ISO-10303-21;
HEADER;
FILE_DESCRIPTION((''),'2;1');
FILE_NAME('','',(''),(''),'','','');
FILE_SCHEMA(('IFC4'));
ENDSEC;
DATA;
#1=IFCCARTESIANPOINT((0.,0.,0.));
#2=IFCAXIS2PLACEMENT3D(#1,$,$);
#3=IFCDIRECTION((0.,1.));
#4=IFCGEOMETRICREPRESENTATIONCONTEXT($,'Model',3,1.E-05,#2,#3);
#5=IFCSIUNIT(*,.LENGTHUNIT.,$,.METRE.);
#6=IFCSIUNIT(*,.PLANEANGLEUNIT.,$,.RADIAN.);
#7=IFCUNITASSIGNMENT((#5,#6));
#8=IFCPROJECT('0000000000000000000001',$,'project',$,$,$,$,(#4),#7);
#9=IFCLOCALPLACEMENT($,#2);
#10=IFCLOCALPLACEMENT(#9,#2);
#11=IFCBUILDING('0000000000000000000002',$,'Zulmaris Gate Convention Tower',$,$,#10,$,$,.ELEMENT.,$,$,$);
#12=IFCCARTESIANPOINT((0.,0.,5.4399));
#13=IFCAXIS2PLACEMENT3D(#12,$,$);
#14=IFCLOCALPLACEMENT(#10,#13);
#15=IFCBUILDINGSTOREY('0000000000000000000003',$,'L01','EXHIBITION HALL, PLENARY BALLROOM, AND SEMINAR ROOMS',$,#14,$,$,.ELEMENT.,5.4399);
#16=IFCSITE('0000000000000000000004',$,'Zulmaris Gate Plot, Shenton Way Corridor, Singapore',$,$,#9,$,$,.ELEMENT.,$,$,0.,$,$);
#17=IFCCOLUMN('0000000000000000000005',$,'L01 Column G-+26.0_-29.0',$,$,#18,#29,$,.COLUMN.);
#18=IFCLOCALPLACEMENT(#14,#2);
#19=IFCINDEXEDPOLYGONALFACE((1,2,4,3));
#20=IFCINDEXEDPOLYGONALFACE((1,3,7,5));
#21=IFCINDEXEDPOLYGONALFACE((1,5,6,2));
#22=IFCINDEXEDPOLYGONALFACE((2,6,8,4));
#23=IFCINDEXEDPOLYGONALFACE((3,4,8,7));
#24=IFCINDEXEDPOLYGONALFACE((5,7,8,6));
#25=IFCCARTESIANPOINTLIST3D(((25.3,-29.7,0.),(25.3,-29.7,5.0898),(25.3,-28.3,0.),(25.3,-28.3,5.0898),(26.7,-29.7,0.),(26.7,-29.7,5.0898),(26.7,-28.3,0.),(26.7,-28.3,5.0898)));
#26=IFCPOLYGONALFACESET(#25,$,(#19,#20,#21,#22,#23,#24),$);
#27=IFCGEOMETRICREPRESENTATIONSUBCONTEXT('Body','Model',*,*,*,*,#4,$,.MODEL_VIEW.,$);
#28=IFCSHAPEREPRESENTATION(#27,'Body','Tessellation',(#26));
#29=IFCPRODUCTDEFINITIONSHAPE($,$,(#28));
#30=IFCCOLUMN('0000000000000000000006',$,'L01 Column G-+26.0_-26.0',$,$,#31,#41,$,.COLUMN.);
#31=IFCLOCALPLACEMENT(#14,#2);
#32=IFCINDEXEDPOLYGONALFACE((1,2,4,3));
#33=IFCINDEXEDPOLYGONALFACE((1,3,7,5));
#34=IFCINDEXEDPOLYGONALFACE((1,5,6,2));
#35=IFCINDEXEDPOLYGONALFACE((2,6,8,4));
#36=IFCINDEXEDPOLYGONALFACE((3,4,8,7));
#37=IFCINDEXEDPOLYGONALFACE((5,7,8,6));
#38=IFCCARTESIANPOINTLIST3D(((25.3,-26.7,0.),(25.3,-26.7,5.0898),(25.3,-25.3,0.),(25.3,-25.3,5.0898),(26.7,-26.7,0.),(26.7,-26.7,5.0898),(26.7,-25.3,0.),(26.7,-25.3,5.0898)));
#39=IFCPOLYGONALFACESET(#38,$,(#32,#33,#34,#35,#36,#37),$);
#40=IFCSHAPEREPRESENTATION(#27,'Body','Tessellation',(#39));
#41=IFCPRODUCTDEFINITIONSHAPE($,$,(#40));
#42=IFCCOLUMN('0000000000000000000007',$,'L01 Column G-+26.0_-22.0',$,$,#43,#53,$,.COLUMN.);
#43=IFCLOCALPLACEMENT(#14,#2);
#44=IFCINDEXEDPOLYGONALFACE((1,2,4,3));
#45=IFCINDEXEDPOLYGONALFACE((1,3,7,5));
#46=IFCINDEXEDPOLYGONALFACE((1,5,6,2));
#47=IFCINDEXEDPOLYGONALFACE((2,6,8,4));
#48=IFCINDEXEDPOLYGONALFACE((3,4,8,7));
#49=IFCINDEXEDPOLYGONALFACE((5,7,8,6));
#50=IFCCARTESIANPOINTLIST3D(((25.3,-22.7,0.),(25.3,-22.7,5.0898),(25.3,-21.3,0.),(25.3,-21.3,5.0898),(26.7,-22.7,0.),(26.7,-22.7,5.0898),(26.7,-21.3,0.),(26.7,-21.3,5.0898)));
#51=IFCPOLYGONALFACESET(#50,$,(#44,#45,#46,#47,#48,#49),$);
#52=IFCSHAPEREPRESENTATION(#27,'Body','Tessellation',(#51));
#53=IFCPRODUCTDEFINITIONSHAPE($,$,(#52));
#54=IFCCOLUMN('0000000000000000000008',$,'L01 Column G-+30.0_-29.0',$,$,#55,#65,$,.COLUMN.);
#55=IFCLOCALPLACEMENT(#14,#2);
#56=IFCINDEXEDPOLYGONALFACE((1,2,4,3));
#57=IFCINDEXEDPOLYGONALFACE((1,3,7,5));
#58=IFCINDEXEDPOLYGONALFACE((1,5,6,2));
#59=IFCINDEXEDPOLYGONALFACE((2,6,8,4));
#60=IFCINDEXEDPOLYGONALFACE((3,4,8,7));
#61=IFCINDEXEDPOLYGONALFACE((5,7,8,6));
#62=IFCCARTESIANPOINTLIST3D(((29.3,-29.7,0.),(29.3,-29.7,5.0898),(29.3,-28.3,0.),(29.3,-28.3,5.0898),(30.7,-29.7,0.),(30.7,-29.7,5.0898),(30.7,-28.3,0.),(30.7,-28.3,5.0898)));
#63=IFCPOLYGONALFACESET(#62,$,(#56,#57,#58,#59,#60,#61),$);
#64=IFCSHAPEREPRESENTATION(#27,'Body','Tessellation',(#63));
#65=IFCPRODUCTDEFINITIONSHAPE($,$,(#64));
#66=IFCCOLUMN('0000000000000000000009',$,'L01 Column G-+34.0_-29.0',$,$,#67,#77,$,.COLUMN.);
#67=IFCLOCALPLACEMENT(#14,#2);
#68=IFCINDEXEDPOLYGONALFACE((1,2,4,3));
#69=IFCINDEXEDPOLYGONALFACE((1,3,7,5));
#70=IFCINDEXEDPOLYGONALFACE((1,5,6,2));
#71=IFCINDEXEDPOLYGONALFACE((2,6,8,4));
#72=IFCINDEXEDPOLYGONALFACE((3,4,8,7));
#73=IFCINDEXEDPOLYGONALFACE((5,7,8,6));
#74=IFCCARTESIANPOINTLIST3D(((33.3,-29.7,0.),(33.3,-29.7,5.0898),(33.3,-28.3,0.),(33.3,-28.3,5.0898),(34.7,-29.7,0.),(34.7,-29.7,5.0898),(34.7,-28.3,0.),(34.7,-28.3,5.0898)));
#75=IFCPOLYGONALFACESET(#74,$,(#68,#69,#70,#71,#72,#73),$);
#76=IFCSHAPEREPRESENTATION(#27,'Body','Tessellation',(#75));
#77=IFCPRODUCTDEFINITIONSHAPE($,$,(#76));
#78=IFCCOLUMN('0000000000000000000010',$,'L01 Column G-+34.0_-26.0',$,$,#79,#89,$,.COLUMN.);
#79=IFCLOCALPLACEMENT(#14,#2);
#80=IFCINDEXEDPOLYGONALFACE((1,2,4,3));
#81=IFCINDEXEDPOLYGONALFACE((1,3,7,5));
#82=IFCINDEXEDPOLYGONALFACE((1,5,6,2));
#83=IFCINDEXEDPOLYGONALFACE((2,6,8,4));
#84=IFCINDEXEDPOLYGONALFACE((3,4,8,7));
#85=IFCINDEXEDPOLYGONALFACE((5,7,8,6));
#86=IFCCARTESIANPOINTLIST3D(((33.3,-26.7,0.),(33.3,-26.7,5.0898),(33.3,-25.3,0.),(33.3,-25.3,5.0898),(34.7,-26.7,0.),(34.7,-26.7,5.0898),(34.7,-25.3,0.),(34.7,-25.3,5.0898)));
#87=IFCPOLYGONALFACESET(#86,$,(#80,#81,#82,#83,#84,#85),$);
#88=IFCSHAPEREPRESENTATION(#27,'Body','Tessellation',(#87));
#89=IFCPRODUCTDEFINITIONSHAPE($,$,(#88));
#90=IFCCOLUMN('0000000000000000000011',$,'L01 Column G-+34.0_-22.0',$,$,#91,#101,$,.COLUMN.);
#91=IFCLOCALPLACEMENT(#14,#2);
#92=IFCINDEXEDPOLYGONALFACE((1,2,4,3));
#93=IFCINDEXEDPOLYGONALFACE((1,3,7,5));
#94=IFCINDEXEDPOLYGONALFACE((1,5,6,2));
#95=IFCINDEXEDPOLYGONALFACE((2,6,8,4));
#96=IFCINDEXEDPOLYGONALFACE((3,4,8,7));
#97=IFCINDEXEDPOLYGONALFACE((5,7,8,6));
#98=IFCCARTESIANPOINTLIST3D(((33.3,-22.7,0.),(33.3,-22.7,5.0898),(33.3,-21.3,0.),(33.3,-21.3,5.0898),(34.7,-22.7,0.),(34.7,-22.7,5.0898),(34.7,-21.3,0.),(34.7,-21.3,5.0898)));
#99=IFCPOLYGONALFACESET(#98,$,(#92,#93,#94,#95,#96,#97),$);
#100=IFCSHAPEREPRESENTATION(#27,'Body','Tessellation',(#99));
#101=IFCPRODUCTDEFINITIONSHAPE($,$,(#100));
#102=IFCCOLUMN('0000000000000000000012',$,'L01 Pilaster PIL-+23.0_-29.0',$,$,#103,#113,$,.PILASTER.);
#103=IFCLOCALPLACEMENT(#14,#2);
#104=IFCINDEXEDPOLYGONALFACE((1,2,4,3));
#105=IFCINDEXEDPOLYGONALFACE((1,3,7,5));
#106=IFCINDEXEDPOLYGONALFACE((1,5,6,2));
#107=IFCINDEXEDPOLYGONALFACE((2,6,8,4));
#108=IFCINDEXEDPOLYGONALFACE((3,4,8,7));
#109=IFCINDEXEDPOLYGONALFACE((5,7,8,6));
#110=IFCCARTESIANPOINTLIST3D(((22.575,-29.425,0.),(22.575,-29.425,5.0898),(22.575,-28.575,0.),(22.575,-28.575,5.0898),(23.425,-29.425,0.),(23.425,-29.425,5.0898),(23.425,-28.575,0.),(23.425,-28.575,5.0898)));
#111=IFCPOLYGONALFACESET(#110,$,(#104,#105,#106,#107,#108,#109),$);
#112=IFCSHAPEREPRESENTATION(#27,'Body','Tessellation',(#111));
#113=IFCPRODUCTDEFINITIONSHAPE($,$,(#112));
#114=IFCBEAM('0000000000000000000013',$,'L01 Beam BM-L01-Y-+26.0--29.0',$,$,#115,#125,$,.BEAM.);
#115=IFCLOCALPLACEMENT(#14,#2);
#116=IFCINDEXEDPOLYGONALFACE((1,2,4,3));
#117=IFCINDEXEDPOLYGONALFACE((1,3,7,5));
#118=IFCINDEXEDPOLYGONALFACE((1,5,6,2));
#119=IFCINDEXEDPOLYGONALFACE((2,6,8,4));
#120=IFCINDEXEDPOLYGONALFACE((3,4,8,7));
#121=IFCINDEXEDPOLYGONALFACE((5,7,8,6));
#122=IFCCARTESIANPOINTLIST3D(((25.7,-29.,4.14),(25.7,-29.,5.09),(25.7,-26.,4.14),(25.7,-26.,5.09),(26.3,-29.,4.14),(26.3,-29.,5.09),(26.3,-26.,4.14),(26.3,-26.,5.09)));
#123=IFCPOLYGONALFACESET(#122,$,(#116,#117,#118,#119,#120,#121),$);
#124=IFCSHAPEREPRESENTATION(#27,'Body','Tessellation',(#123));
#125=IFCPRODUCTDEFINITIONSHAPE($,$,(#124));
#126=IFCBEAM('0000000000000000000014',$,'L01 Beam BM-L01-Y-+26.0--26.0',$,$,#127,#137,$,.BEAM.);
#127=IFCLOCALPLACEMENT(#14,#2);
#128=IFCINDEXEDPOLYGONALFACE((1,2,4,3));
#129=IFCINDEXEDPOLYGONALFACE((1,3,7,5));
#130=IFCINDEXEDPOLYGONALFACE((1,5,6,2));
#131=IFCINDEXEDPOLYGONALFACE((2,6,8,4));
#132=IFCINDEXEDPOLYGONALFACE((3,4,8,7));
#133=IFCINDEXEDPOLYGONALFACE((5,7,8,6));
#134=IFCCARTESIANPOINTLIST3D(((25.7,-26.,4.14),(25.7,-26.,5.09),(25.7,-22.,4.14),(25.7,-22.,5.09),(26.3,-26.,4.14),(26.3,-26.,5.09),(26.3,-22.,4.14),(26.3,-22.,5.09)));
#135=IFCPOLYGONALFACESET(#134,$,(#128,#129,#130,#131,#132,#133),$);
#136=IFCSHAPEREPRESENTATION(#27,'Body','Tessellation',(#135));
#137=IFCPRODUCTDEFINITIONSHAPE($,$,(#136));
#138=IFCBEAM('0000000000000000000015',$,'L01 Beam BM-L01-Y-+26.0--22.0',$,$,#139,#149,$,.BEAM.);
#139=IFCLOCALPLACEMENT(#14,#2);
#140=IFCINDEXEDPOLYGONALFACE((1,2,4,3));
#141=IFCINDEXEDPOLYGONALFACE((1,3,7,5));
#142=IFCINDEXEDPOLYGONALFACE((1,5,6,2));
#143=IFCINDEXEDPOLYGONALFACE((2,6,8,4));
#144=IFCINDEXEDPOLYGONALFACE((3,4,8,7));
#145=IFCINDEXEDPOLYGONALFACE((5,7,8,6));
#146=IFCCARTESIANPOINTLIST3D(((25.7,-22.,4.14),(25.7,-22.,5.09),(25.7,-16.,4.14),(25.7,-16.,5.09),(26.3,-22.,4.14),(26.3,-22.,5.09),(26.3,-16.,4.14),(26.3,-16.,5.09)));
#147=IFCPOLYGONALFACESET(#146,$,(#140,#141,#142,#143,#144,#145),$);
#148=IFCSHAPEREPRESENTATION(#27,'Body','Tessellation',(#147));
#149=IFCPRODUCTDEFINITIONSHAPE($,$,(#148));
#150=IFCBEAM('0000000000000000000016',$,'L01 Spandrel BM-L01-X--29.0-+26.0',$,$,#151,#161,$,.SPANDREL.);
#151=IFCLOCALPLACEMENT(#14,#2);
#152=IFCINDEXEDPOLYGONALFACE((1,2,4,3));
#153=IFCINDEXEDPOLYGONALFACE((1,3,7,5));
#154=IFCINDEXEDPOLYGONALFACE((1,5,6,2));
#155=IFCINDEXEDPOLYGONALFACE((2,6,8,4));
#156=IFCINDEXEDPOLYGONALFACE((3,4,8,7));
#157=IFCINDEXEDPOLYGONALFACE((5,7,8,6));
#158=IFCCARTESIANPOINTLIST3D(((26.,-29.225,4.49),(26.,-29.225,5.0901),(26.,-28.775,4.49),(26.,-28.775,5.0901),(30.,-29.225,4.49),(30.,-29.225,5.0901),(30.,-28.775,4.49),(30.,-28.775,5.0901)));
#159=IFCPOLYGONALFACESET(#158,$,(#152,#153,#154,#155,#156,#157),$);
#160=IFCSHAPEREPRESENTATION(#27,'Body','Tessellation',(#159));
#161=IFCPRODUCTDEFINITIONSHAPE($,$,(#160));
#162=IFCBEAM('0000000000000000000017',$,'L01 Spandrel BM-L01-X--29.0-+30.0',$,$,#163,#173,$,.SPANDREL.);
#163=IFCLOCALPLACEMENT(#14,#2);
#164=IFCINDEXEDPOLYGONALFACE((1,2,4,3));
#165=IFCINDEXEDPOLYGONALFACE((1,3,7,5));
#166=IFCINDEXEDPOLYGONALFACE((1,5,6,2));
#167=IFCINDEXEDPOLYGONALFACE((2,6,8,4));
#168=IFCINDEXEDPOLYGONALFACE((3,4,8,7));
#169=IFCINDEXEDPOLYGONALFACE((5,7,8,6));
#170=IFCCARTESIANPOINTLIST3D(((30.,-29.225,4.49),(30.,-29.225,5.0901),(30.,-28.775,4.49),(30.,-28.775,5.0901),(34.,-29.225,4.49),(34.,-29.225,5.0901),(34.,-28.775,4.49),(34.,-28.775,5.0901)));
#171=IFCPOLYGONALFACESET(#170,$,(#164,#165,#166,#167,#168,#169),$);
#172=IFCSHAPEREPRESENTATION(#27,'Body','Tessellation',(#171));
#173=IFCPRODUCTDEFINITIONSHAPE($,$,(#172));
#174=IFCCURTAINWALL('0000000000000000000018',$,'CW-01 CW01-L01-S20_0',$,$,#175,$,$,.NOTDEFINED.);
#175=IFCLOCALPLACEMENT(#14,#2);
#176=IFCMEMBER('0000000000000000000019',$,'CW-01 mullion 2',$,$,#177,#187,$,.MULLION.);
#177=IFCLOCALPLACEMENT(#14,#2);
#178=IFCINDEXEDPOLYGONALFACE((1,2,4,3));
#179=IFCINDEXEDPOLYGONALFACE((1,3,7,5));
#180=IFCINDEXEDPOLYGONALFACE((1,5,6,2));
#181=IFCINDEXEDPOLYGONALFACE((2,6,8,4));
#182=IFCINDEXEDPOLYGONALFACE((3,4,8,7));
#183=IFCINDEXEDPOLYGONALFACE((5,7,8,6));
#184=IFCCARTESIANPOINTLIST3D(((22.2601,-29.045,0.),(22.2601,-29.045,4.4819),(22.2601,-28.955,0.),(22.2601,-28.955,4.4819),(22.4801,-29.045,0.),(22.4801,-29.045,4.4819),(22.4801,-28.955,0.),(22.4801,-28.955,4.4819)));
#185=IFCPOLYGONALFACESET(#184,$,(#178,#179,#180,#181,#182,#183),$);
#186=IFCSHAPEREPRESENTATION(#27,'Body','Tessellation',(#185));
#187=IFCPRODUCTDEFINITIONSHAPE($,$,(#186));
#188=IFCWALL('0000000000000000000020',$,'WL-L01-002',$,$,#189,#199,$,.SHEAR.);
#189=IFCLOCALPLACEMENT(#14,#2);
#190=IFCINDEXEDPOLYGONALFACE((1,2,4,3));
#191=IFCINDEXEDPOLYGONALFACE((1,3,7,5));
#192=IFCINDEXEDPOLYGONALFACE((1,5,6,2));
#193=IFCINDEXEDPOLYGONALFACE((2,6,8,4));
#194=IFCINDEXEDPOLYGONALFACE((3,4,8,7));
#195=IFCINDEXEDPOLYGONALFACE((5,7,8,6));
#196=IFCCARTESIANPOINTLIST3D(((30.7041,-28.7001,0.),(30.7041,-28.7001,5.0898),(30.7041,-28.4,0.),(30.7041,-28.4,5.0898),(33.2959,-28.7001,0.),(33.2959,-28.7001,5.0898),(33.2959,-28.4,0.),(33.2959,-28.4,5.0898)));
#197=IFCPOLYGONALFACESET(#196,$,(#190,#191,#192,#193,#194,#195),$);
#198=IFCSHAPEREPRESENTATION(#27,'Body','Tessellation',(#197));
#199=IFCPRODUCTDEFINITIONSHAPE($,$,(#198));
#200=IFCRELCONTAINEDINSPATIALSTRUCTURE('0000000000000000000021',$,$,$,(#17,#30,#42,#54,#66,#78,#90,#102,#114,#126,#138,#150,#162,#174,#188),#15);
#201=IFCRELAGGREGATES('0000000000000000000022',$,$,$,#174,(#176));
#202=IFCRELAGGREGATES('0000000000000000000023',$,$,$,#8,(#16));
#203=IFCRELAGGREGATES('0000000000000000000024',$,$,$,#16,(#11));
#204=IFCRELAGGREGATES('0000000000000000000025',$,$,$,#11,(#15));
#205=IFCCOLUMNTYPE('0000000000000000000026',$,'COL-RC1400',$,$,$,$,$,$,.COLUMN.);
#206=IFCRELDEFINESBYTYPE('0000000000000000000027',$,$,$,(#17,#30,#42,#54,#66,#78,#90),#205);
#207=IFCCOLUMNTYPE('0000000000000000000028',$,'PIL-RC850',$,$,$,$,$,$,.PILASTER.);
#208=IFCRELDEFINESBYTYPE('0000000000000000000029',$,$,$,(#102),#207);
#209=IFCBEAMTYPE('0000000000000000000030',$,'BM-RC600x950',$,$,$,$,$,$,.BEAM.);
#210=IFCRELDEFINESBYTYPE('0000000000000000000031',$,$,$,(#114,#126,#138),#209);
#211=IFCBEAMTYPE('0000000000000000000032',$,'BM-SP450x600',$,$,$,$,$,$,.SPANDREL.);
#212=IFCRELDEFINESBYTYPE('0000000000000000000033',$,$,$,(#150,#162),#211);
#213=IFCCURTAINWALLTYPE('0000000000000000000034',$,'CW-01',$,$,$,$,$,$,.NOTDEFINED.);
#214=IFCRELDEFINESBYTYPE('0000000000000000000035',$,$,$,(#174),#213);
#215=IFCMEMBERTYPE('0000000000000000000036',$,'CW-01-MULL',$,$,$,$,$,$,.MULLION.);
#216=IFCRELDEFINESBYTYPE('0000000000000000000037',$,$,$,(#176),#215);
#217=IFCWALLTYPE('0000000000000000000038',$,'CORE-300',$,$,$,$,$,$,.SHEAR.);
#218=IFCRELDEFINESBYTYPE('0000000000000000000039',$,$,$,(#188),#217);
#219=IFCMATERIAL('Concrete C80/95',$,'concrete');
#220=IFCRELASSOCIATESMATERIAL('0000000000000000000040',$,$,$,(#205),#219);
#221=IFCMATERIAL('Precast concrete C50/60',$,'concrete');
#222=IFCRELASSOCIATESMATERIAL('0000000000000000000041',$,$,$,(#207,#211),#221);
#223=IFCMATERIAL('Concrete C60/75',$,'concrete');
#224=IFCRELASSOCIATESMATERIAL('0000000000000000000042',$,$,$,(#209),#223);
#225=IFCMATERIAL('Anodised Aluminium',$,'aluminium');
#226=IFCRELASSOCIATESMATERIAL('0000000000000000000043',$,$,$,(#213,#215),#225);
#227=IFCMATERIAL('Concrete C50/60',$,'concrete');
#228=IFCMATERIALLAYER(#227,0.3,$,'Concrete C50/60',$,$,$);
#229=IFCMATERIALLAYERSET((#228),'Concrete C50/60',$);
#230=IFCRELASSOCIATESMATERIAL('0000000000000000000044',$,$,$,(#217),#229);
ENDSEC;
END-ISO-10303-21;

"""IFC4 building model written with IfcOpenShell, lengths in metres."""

from ifc_helpers import new_model, si_unit, direction, frame, frame_2d, origin, origin_2d, place, context, subcontext, project, spatial, rectangle, extrude, material, layer, layer_set, material_profile, profile_set, type_object, element, aggregate, save


model = new_model("IFC4")

# Units and contexts
model_context = context("Model", 3, precision=1e-05, world=origin(), true_north=direction((0.0, 1.0)))
body_context = subcontext(model_context, "Body", "Model", "MODEL_VIEW")
ifc_project = project(units=[si_unit("LENGTHUNIT", "METRE"), si_unit("PLANEANGLEUNIT", "RADIAN")], contexts=[model_context])

# Site, building, storey
site_placement = place(None, origin())
site = spatial("IfcSite", under=ifc_project, at=site_placement, Name="Zulmaris Gate Plot, Shenton Way Corridor, Singapore", CompositionType="ELEMENT", RefElevation=0.0)
building_placement = place(site_placement, origin())
building = spatial("IfcBuilding", under=site, at=building_placement, Name="Zulmaris Gate Convention Tower", CompositionType="ELEMENT")
storey_placement = place(building_placement, frame((0.0, 0.0, 5.4399)))
storey = spatial("IfcBuildingStorey", under=building, at=storey_placement, Name="L01", Description="EXHIBITION HALL, PLENARY BALLROOM, AND SEMINAR ROOMS", CompositionType="ELEMENT", Elevation=5.4399)

# Columns
ifc_material_1 = material(Name="Concrete C80/95", Category="concrete")
ifc_material_profile_1 = material_profile(ifc_material_1, rectangle(XDim=1.3999, YDim=1.3999, at=origin_2d()), Name="RC COL 1400x1400")
ifc_profile_set_1 = profile_set([ifc_material_profile_1], Name="Concrete C80/95")
column_type_1 = type_object("IfcColumnType", Name="COL-RC1400", PredefinedType="COLUMN", material=ifc_profile_set_1)
for number, where, z_axis, x_axis, name in (
    (1, (26.0, -29.0, 0.0), (0.0, 0.0, 1.0), (1.0, 0.0, 0.0), "L01 Column G-+26.0_-29.0"),
    (2, (26.0, -26.0, 0.0), (0.0, 0.0, 1.0), (1.0, 0.0, 0.0), "L01 Column G-+26.0_-26.0"),
    (3, (26.0, -22.0, 0.0), (0.0, 0.0, 1.0), (1.0, 0.0, 0.0), "L01 Column G-+26.0_-22.0"),
    (4, (30.0, -29.0, 0.0), (0.0, 0.0, 1.0), (1.0, 0.0, 0.0), "L01 Column G-+30.0_-29.0"),
    (5, (34.0, -29.0, 0.0), (0.0, 0.0, 1.0), (1.0, 0.0, 0.0), "L01 Column G-+34.0_-29.0"),
    (6, (34.0, -26.0, 0.0), (0.0, 0.0, 1.0), (1.0, 0.0, 0.0), "L01 Column G-+34.0_-26.0"),
    (7, (34.0, -22.0, 0.0), (0.0, 0.0, 1.0), (1.0, 0.0, 0.0), "L01 Column G-+34.0_-22.0"),
):
    element("IfcColumn", number, at=place(storey_placement, frame(where, z_axis=z_axis, x_axis=x_axis)), inside=storey, type_object=column_type_1, Name=name, PredefinedType="COLUMN", context=body_context, shape_type="SweptSolid", body=[
        extrude(rectangle(XDim=1.3999, YDim=1.3999, at=origin_2d()), origin(), (0.0, 0.0, 1.0), 5.0898),
    ])
ifc_material_2 = material(Name="Precast concrete C50/60", Category="concrete")
ifc_material_profile_2 = material_profile(ifc_material_2, rectangle(XDim=0.8501, YDim=0.8501, at=origin_2d()), Name="RC COL 850x850")
ifc_profile_set_2 = profile_set([ifc_material_profile_2], Name="Precast concrete C50/60")
column_type_2 = type_object("IfcColumnType", Name="PIL-RC850", PredefinedType="PILASTER", material=ifc_profile_set_2)
column_placement = place(storey_placement, frame((23.0, -29.0, 0.0), z_axis=(0.0, 0.0, 1.0), x_axis=(1.0, 0.0, 0.0)))
element("IfcColumn", 8, at=column_placement, inside=storey, type_object=column_type_2, Name="L01 Pilaster PIL-+23.0_-29.0", PredefinedType="PILASTER", context=body_context, shape_type="SweptSolid", body=[
    extrude(rectangle(XDim=0.8501, YDim=0.8501, at=origin_2d()), origin(), (0.0, 0.0, 1.0), 5.0898),
])

# Beams
ifc_material_3 = material(Name="Concrete C60/75", Category="concrete")
ifc_material_profile_3 = material_profile(ifc_material_3, rectangle(XDim=0.6001, YDim=0.95, at=origin_2d()), Name="RC BEAM 600x950")
ifc_profile_set_3 = profile_set([ifc_material_profile_3], Name="Concrete C60/75")
beam_type_1 = type_object("IfcBeamType", Name="BM-RC600x950", PredefinedType="BEAM", material=ifc_profile_set_3)
beam_1_placement = place(storey_placement, frame((26.0, -29.0, 4.615), z_axis=(0.0, 1.0, 0.0), x_axis=(-1.0, 0.0, 0.0)))
element("IfcBeam", 9, at=beam_1_placement, inside=storey, type_object=beam_type_1, Name="L01 Beam BM-L01-Y-+26.0--29.0", PredefinedType="BEAM", context=body_context, shape_type="SweptSolid", body=[
    extrude(rectangle(XDim=0.6001, YDim=0.95, at=origin_2d()), origin(), (0.0, 0.0, 1.0), 3.0),
])
beam_2_placement = place(storey_placement, frame((26.0, -26.0, 4.615), z_axis=(0.0, 1.0, 0.0), x_axis=(-1.0, 0.0, 0.0)))
element("IfcBeam", 10, at=beam_2_placement, inside=storey, type_object=beam_type_1, Name="L01 Beam BM-L01-Y-+26.0--26.0", PredefinedType="BEAM", context=body_context, shape_type="SweptSolid", body=[
    extrude(rectangle(XDim=0.6001, YDim=0.95, at=origin_2d()), origin(), (0.0, 0.0, 1.0), 4.0),
])
beam_3_placement = place(storey_placement, frame((26.0, -22.0, 4.615), z_axis=(0.0, 1.0, 0.0), x_axis=(-1.0, 0.0, 0.0)))
element("IfcBeam", 11, at=beam_3_placement, inside=storey, type_object=beam_type_1, Name="L01 Beam BM-L01-Y-+26.0--22.0", PredefinedType="BEAM", context=body_context, shape_type="SweptSolid", body=[
    extrude(rectangle(XDim=0.6001, YDim=0.95, at=origin_2d()), origin(), (0.0, 0.0, 1.0), 6.0),
])
ifc_material_profile_4 = material_profile(ifc_material_2, rectangle(XDim=0.45, YDim=0.6001, at=origin_2d()), Name="RC SPANDREL 450x600")
ifc_profile_set_4 = profile_set([ifc_material_profile_4], Name="Precast concrete C50/60")
beam_type_2 = type_object("IfcBeamType", Name="BM-SP450x600", PredefinedType="SPANDREL", material=ifc_profile_set_4)
for number, where, z_axis, x_axis, name in (
    (12, (26.0, -29.0, 4.79), (1.0, 0.0, 0.0), (0.0, 1.0, 0.0), "L01 Spandrel BM-L01-X--29.0-+26.0"),
    (13, (30.0, -29.0, 4.79), (1.0, 0.0, 0.0), (0.0, 1.0, 0.0), "L01 Spandrel BM-L01-X--29.0-+30.0"),
):
    element("IfcBeam", number, at=place(storey_placement, frame(where, z_axis=z_axis, x_axis=x_axis)), inside=storey, type_object=beam_type_2, Name=name, PredefinedType="SPANDREL", context=body_context, shape_type="SweptSolid", body=[
        extrude(rectangle(XDim=0.45, YDim=0.6001, at=origin_2d()), origin(), (0.0, 0.0, 1.0), 4.0),
    ])

# Curtain wall, member
ifc_material_4 = material(Name="Anodised Aluminium", Category="aluminium")
curtain_wall_type = type_object("IfcCurtainWallType", Name="CW-01", PredefinedType="NOTDEFINED", material=ifc_material_4)
curtain_wall_placement = place(storey_placement, origin())
curtain_wall = element("IfcCurtainWall", 14, at=curtain_wall_placement, inside=storey, type_object=curtain_wall_type, Name="CW-01 CW01-L01-S20_0", PredefinedType="NOTDEFINED")
ifc_material_profile_5 = material_profile(ifc_material_4, rectangle(XDim=0.0901, YDim=0.22, at=origin_2d()), Name="ALU MULLION 90x220")
ifc_profile_set_5 = profile_set([ifc_material_profile_5], Name="Anodised Aluminium")
member_type = type_object("IfcMemberType", Name="CW-01-MULL", PredefinedType="MULLION", material=ifc_profile_set_5)
member_placement = place(storey_placement, frame((22.3701, -29.0, 0.0), z_axis=(0.0, 0.0, 1.0), x_axis=(0.0, 1.0, 0.0)))
member = element("IfcMember", 15, at=member_placement, type_object=member_type, Name="CW-01 mullion 2", PredefinedType="MULLION", context=body_context, shape_type="SweptSolid", body=[
    extrude(rectangle(XDim=0.0901, YDim=0.22, at=origin_2d()), origin(), (0.0, 0.0, 1.0), 4.4819),
])
aggregate(curtain_wall, [member])

# Wall
ifc_material_5 = material(Name="Concrete C50/60", Category="concrete")
ifc_layer_1 = layer(ifc_material_5, 0.3, Name="Concrete C50/60")
ifc_layer_set_1 = layer_set([ifc_layer_1], Name="Concrete C50/60")
wall_type_1 = type_object("IfcWallType", Name="CORE-300", PredefinedType="SHEAR", material=ifc_layer_set_1)
wall_1_placement = place(storey_placement, frame((30.7041, -28.55, 0.0), z_axis=(0.0, 0.0, 1.0), x_axis=(1.0, 0.0, 0.0)))
element("IfcWall", 16, at=wall_1_placement, inside=storey, type_object=wall_type_1, Name="WL-L01-002", PredefinedType="SHEAR", context=body_context, shape_type="SweptSolid", body=[
    extrude(rectangle(XDim=2.5918, YDim=0.3, at=frame_2d((1.2959, 0.0))), origin(), (0.0, 0.0, 1.0), 5.0898),
])

save(model, "model.ifc")
